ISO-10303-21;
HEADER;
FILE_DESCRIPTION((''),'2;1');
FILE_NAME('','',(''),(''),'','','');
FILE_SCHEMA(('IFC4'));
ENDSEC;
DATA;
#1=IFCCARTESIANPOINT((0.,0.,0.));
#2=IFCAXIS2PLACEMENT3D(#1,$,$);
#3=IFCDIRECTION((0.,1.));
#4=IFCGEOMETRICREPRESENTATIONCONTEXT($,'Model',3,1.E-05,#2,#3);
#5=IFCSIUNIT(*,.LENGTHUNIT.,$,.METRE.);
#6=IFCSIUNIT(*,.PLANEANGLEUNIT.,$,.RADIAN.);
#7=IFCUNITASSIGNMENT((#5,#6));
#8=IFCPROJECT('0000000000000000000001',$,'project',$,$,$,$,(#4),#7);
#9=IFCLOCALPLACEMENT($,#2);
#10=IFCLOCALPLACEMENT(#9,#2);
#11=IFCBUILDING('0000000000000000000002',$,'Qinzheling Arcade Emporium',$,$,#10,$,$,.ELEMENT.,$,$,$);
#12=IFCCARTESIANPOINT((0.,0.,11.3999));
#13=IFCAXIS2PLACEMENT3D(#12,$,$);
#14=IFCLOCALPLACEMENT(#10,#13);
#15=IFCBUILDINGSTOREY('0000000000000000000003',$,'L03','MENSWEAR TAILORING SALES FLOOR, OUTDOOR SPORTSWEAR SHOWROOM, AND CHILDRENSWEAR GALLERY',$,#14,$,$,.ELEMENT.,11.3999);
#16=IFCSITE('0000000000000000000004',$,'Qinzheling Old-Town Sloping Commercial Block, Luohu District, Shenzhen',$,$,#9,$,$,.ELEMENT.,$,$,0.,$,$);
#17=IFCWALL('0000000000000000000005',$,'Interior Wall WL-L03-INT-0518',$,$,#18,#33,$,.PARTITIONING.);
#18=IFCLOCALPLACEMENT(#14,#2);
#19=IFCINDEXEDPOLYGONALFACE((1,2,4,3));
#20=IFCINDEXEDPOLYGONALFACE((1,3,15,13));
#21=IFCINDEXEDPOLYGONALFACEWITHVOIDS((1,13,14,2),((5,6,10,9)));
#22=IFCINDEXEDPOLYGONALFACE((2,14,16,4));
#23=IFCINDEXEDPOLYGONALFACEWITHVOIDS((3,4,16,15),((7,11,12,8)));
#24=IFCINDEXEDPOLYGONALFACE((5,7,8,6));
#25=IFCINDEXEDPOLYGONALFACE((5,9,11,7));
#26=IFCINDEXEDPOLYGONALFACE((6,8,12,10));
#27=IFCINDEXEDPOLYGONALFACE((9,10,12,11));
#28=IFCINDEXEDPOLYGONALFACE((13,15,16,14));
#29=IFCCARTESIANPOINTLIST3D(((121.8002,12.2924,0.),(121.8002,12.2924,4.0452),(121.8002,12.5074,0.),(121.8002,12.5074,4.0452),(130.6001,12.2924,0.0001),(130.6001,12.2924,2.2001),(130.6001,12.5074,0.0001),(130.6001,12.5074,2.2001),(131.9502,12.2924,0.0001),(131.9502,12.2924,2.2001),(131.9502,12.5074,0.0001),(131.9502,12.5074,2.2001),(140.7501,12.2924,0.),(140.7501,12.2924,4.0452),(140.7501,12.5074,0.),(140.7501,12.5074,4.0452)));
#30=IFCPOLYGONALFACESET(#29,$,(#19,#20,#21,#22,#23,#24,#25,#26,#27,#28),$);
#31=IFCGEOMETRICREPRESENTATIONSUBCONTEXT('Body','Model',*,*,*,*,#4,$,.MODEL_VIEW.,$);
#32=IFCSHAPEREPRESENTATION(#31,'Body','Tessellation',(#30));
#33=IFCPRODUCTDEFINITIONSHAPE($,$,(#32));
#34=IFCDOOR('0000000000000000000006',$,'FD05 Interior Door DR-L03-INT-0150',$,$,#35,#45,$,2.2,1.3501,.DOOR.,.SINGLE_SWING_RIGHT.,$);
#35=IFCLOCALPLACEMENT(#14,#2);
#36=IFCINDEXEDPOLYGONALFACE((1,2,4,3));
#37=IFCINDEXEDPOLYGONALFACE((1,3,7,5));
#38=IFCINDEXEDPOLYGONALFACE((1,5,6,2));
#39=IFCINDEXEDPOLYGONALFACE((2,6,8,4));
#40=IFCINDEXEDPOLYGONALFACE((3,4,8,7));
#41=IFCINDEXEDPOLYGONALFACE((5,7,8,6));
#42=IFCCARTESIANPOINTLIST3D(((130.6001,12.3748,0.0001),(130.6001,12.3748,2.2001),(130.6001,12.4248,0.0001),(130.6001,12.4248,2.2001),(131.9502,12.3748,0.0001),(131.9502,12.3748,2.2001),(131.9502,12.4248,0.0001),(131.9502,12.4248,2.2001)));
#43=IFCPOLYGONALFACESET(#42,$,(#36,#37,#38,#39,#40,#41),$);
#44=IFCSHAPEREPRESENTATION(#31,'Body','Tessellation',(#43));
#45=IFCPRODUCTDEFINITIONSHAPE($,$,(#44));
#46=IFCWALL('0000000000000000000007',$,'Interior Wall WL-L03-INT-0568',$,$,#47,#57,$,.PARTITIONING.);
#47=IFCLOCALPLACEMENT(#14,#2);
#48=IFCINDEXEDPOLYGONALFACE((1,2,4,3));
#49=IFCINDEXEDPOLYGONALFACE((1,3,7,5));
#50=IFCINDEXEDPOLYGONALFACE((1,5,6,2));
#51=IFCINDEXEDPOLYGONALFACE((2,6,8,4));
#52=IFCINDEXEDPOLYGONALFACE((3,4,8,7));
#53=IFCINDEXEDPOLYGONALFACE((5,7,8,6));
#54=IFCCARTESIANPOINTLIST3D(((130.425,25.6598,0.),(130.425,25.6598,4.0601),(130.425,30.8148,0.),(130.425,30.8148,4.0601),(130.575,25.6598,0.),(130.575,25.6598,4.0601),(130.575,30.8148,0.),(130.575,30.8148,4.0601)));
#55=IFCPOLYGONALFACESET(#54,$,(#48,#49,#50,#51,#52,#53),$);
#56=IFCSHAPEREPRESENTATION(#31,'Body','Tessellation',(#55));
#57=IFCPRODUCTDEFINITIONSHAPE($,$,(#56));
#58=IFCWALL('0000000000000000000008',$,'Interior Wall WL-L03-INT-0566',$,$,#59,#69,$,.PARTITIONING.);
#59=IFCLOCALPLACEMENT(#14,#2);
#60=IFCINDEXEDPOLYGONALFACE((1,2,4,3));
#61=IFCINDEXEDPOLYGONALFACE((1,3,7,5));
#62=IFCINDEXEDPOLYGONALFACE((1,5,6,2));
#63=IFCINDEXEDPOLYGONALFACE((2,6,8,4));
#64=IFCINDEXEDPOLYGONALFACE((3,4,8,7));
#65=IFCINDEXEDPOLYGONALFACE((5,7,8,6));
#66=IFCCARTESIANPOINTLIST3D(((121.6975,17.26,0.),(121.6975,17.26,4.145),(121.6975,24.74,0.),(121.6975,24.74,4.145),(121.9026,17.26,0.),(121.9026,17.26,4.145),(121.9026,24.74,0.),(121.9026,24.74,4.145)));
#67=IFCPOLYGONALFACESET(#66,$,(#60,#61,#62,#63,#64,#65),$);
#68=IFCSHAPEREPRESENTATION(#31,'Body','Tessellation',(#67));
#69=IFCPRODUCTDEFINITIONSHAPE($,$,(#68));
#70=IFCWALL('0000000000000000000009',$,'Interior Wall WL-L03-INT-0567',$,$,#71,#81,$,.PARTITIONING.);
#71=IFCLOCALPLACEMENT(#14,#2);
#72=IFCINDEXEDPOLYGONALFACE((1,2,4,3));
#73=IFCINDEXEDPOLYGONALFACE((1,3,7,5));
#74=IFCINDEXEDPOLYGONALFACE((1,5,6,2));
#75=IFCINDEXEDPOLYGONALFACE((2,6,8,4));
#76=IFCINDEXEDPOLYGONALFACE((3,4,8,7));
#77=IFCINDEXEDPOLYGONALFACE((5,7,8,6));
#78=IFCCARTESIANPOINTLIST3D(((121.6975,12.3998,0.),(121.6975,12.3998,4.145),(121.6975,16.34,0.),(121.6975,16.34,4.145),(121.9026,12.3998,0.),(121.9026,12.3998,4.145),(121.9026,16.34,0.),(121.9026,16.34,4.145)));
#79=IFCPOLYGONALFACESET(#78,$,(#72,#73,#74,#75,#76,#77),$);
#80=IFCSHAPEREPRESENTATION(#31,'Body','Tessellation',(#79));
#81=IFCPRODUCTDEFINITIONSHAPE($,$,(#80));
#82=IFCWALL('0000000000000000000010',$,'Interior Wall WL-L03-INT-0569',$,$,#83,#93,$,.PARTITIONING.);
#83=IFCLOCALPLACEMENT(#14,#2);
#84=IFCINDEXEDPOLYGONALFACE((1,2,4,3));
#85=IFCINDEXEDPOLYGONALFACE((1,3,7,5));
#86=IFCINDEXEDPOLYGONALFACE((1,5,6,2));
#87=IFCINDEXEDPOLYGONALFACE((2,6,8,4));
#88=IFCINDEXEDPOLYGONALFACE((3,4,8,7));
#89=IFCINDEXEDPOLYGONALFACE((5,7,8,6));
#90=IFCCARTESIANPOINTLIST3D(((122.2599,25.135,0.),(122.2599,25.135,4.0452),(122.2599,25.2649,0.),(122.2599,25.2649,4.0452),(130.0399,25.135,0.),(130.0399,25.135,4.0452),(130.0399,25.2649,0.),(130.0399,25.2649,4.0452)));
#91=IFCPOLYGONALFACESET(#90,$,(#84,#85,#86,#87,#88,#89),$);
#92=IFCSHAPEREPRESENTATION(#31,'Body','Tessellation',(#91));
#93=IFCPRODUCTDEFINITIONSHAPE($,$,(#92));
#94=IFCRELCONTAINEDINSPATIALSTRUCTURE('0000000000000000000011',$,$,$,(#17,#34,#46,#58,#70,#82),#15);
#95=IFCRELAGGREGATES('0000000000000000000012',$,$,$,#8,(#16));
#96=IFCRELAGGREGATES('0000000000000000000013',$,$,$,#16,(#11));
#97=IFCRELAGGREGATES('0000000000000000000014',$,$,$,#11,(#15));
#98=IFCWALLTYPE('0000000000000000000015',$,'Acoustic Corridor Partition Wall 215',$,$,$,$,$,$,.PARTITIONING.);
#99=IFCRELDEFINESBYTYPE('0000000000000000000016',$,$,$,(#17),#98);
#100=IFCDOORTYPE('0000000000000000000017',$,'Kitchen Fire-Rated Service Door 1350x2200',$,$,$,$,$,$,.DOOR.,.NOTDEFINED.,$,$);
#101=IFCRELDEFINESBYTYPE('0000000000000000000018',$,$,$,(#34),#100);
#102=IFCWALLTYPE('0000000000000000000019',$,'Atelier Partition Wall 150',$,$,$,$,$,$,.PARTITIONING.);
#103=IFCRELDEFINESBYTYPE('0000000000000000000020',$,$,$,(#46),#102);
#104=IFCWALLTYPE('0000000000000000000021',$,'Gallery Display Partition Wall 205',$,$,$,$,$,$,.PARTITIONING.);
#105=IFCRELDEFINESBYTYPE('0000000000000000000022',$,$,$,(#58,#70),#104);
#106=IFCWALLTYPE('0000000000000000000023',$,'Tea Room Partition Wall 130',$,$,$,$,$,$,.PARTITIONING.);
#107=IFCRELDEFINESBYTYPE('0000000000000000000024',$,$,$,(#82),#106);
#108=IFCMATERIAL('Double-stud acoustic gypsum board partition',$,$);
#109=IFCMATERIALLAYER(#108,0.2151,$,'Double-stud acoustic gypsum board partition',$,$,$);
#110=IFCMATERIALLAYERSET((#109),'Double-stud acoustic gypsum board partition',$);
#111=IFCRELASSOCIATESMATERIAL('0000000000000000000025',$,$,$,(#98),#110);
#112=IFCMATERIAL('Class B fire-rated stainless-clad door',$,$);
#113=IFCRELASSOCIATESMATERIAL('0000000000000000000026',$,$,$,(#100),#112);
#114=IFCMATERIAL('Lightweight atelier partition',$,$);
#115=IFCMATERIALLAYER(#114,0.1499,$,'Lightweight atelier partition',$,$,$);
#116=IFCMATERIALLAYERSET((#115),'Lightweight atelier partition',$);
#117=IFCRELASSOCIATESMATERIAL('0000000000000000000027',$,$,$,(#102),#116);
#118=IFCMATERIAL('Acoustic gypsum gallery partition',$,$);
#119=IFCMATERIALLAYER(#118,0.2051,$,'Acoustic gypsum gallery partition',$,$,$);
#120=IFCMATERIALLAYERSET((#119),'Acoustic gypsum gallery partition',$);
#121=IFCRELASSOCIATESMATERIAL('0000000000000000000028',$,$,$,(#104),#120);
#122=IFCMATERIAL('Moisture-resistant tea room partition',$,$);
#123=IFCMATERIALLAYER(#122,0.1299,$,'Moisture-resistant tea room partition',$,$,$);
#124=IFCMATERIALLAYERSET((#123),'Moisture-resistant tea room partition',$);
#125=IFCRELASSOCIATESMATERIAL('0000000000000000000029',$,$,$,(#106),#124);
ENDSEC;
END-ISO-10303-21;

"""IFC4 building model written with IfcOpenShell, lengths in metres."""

from ifc_helpers import new_model, si_unit, direction, frame, frame_2d, origin, place, context, subcontext, project, spatial, rectangle, extrude, material, layer, layer_set, type_object, element, fill, save


model = new_model("IFC4")

# Units and contexts
model_context = context("Model", 3, precision=1e-05, world=origin(), true_north=direction((0.0, 1.0)))
body_context = subcontext(model_context, "Body", "Model", "MODEL_VIEW")
ifc_project = project(units=[si_unit("LENGTHUNIT", "METRE"), si_unit("PLANEANGLEUNIT", "RADIAN")], contexts=[model_context])

# Site, building, storey
site_placement = place(None, origin())
site = spatial("IfcSite", under=ifc_project, at=site_placement, Name="Qinzheling Old-Town Sloping Commercial Block, Luohu District, Shenzhen", CompositionType="ELEMENT", RefElevation=0.0)
building_placement = place(site_placement, origin())
building = spatial("IfcBuilding", under=site, at=building_placement, Name="Qinzheling Arcade Emporium", CompositionType="ELEMENT")
storey_placement = place(building_placement, frame((0.0, 0.0, 11.3999)))
storey = spatial("IfcBuildingStorey", under=building, at=storey_placement, Name="L03", Description="MENSWEAR TAILORING SALES FLOOR, OUTDOOR SPORTSWEAR SHOWROOM, AND CHILDRENSWEAR GALLERY", CompositionType="ELEMENT", Elevation=11.3999)

# Shared definitions
ifc_material_1 = material(Name="Double-stud acoustic gypsum board partition")
ifc_layer_1 = layer(ifc_material_1, 0.2151, Name="Double-stud acoustic gypsum board partition")
ifc_layer_set_1 = layer_set([ifc_layer_1], Name="Double-stud acoustic gypsum board partition")
wall_type_1 = type_object("IfcWallType", Name="Acoustic Corridor Partition Wall 215", PredefinedType="PARTITIONING", material=ifc_layer_set_1)

# Wall, opening, door
wall_1_placement = place(storey_placement, frame((121.8, 12.3999, 0.0), z_axis=(0.0, 0.0, 1.0), x_axis=(1.0, 0.0, 0.0)))
wall_1 = element("IfcWall", 1, at=wall_1_placement, inside=storey, type_object=wall_type_1, Name="Interior Wall WL-L03-INT-0518", PredefinedType="PARTITIONING", context=body_context, shape_type="SweptSolid", body=[
    extrude(rectangle(XDim=18.95, YDim=0.2151, at=frame_2d((9.4751, 0.0))), origin(), (0.0, 0.0, 1.0), 4.0452),
])
opening_placement = place(wall_1_placement, frame((8.8, 0.0, 0.0)))
opening = element("IfcOpeningElement", 2, at=opening_placement, cuts=wall_1, PredefinedType="OPENING", context=body_context, shape_type="SweptSolid", body=[
    extrude(rectangle(XDim=1.3501, YDim=2.2, at=frame_2d((0.675, 1.1001))), frame((0.0, 0.1177, 0.0), z_axis=(0.0, -1.0, 0.0), x_axis=(1.0, 0.0, 0.0)), (0.0, 0.0, 1.0), 0.2351),
])
ifc_material_2 = material(Name="Class B fire-rated stainless-clad door")
door_type = type_object("IfcDoorType", Name="Kitchen Fire-Rated Service Door 1350x2200", OperationType="NOTDEFINED", PredefinedType="DOOR", material=ifc_material_2)
door_placement = place(opening_placement, origin())
door = element("IfcDoor", 3, at=door_placement, inside=storey, type_object=door_type, Name="FD05 Interior Door DR-L03-INT-0150", OperationType="SINGLE_SWING_RIGHT", OverallHeight=2.2, OverallWidth=1.3501, PredefinedType="DOOR", context=body_context, shape_type="SweptSolid", body=[
    extrude(rectangle(XDim=1.3501, YDim=2.2, at=frame_2d((0.675, 1.1001))), frame((0.0, 0.0249, 0.0), z_axis=(0.0, -1.0, 0.0), x_axis=(1.0, 0.0, 0.0)), (0.0, 0.0, 1.0), 0.05),
])
fill(opening, door)

# Walls
ifc_material_3 = material(Name="Lightweight atelier partition")
ifc_layer_2 = layer(ifc_material_3, 0.1499, Name="Lightweight atelier partition")
ifc_layer_set_2 = layer_set([ifc_layer_2], Name="Lightweight atelier partition")
wall_type_2 = type_object("IfcWallType", Name="Atelier Partition Wall 150", PredefinedType="PARTITIONING", material=ifc_layer_set_2)
wall_2_placement = place(storey_placement, frame((130.5, 30.8149, 0.0), z_axis=(0.0, 0.0, 1.0), x_axis=(0.0, -1.0, 0.0)))
element("IfcWall", 4, at=wall_2_placement, inside=storey, type_object=wall_type_2, Name="Interior Wall WL-L03-INT-0568", PredefinedType="PARTITIONING", context=body_context, shape_type="SweptSolid", body=[
    extrude(rectangle(XDim=5.155, YDim=0.1499, at=frame_2d((2.5776, 0.0))), origin(), (0.0, 0.0, 1.0), 4.0601),
])
ifc_material_4 = material(Name="Acoustic gypsum gallery partition")
ifc_layer_3 = layer(ifc_material_4, 0.2051, Name="Acoustic gypsum gallery partition")
ifc_layer_set_3 = layer_set([ifc_layer_3], Name="Acoustic gypsum gallery partition")
wall_type_3 = type_object("IfcWallType", Name="Gallery Display Partition Wall 205", PredefinedType="PARTITIONING", material=ifc_layer_set_3)
wall_3_placement = place(storey_placement, frame((121.8, 24.74, 0.0), z_axis=(0.0, 0.0, 1.0), x_axis=(0.0, -1.0, 0.0)))
element("IfcWall", 5, at=wall_3_placement, inside=storey, type_object=wall_type_3, Name="Interior Wall WL-L03-INT-0566", PredefinedType="PARTITIONING", context=body_context, shape_type="SweptSolid", body=[
    extrude(rectangle(XDim=7.48, YDim=0.2051, at=frame_2d((3.74, 0.0))), origin(), (0.0, 0.0, 1.0), 4.145),
])
wall_4_placement = place(storey_placement, frame((121.8, 16.3401, 0.0), z_axis=(0.0, 0.0, 1.0), x_axis=(0.0, -1.0, 0.0)))
element("IfcWall", 6, at=wall_4_placement, inside=storey, type_object=wall_type_3, Name="Interior Wall WL-L03-INT-0567", PredefinedType="PARTITIONING", context=body_context, shape_type="SweptSolid", body=[
    extrude(rectangle(XDim=3.9402, YDim=0.2051, at=frame_2d((1.9702, 0.0))), origin(), (0.0, 0.0, 1.0), 4.145),
])
ifc_material_5 = material(Name="Moisture-resistant tea room partition")
ifc_layer_4 = layer(ifc_material_5, 0.1299, Name="Moisture-resistant tea room partition")
ifc_layer_set_4 = layer_set([ifc_layer_4], Name="Moisture-resistant tea room partition")
wall_type_4 = type_object("IfcWallType", Name="Tea Room Partition Wall 130", PredefinedType="PARTITIONING", material=ifc_layer_set_4)
wall_5_placement = place(storey_placement, frame((130.04, 25.2, 0.0), z_axis=(0.0, 0.0, 1.0), x_axis=(-1.0, 0.0, 0.0)))
element("IfcWall", 7, at=wall_5_placement, inside=storey, type_object=wall_type_4, Name="Interior Wall WL-L03-INT-0569", PredefinedType="PARTITIONING", context=body_context, shape_type="SweptSolid", body=[
    extrude(rectangle(XDim=7.78, YDim=0.1299, at=frame_2d((3.8901, 0.0))), origin(), (0.0, 0.0, 1.0), 4.0452),
])

save(model, "model.ifc")
